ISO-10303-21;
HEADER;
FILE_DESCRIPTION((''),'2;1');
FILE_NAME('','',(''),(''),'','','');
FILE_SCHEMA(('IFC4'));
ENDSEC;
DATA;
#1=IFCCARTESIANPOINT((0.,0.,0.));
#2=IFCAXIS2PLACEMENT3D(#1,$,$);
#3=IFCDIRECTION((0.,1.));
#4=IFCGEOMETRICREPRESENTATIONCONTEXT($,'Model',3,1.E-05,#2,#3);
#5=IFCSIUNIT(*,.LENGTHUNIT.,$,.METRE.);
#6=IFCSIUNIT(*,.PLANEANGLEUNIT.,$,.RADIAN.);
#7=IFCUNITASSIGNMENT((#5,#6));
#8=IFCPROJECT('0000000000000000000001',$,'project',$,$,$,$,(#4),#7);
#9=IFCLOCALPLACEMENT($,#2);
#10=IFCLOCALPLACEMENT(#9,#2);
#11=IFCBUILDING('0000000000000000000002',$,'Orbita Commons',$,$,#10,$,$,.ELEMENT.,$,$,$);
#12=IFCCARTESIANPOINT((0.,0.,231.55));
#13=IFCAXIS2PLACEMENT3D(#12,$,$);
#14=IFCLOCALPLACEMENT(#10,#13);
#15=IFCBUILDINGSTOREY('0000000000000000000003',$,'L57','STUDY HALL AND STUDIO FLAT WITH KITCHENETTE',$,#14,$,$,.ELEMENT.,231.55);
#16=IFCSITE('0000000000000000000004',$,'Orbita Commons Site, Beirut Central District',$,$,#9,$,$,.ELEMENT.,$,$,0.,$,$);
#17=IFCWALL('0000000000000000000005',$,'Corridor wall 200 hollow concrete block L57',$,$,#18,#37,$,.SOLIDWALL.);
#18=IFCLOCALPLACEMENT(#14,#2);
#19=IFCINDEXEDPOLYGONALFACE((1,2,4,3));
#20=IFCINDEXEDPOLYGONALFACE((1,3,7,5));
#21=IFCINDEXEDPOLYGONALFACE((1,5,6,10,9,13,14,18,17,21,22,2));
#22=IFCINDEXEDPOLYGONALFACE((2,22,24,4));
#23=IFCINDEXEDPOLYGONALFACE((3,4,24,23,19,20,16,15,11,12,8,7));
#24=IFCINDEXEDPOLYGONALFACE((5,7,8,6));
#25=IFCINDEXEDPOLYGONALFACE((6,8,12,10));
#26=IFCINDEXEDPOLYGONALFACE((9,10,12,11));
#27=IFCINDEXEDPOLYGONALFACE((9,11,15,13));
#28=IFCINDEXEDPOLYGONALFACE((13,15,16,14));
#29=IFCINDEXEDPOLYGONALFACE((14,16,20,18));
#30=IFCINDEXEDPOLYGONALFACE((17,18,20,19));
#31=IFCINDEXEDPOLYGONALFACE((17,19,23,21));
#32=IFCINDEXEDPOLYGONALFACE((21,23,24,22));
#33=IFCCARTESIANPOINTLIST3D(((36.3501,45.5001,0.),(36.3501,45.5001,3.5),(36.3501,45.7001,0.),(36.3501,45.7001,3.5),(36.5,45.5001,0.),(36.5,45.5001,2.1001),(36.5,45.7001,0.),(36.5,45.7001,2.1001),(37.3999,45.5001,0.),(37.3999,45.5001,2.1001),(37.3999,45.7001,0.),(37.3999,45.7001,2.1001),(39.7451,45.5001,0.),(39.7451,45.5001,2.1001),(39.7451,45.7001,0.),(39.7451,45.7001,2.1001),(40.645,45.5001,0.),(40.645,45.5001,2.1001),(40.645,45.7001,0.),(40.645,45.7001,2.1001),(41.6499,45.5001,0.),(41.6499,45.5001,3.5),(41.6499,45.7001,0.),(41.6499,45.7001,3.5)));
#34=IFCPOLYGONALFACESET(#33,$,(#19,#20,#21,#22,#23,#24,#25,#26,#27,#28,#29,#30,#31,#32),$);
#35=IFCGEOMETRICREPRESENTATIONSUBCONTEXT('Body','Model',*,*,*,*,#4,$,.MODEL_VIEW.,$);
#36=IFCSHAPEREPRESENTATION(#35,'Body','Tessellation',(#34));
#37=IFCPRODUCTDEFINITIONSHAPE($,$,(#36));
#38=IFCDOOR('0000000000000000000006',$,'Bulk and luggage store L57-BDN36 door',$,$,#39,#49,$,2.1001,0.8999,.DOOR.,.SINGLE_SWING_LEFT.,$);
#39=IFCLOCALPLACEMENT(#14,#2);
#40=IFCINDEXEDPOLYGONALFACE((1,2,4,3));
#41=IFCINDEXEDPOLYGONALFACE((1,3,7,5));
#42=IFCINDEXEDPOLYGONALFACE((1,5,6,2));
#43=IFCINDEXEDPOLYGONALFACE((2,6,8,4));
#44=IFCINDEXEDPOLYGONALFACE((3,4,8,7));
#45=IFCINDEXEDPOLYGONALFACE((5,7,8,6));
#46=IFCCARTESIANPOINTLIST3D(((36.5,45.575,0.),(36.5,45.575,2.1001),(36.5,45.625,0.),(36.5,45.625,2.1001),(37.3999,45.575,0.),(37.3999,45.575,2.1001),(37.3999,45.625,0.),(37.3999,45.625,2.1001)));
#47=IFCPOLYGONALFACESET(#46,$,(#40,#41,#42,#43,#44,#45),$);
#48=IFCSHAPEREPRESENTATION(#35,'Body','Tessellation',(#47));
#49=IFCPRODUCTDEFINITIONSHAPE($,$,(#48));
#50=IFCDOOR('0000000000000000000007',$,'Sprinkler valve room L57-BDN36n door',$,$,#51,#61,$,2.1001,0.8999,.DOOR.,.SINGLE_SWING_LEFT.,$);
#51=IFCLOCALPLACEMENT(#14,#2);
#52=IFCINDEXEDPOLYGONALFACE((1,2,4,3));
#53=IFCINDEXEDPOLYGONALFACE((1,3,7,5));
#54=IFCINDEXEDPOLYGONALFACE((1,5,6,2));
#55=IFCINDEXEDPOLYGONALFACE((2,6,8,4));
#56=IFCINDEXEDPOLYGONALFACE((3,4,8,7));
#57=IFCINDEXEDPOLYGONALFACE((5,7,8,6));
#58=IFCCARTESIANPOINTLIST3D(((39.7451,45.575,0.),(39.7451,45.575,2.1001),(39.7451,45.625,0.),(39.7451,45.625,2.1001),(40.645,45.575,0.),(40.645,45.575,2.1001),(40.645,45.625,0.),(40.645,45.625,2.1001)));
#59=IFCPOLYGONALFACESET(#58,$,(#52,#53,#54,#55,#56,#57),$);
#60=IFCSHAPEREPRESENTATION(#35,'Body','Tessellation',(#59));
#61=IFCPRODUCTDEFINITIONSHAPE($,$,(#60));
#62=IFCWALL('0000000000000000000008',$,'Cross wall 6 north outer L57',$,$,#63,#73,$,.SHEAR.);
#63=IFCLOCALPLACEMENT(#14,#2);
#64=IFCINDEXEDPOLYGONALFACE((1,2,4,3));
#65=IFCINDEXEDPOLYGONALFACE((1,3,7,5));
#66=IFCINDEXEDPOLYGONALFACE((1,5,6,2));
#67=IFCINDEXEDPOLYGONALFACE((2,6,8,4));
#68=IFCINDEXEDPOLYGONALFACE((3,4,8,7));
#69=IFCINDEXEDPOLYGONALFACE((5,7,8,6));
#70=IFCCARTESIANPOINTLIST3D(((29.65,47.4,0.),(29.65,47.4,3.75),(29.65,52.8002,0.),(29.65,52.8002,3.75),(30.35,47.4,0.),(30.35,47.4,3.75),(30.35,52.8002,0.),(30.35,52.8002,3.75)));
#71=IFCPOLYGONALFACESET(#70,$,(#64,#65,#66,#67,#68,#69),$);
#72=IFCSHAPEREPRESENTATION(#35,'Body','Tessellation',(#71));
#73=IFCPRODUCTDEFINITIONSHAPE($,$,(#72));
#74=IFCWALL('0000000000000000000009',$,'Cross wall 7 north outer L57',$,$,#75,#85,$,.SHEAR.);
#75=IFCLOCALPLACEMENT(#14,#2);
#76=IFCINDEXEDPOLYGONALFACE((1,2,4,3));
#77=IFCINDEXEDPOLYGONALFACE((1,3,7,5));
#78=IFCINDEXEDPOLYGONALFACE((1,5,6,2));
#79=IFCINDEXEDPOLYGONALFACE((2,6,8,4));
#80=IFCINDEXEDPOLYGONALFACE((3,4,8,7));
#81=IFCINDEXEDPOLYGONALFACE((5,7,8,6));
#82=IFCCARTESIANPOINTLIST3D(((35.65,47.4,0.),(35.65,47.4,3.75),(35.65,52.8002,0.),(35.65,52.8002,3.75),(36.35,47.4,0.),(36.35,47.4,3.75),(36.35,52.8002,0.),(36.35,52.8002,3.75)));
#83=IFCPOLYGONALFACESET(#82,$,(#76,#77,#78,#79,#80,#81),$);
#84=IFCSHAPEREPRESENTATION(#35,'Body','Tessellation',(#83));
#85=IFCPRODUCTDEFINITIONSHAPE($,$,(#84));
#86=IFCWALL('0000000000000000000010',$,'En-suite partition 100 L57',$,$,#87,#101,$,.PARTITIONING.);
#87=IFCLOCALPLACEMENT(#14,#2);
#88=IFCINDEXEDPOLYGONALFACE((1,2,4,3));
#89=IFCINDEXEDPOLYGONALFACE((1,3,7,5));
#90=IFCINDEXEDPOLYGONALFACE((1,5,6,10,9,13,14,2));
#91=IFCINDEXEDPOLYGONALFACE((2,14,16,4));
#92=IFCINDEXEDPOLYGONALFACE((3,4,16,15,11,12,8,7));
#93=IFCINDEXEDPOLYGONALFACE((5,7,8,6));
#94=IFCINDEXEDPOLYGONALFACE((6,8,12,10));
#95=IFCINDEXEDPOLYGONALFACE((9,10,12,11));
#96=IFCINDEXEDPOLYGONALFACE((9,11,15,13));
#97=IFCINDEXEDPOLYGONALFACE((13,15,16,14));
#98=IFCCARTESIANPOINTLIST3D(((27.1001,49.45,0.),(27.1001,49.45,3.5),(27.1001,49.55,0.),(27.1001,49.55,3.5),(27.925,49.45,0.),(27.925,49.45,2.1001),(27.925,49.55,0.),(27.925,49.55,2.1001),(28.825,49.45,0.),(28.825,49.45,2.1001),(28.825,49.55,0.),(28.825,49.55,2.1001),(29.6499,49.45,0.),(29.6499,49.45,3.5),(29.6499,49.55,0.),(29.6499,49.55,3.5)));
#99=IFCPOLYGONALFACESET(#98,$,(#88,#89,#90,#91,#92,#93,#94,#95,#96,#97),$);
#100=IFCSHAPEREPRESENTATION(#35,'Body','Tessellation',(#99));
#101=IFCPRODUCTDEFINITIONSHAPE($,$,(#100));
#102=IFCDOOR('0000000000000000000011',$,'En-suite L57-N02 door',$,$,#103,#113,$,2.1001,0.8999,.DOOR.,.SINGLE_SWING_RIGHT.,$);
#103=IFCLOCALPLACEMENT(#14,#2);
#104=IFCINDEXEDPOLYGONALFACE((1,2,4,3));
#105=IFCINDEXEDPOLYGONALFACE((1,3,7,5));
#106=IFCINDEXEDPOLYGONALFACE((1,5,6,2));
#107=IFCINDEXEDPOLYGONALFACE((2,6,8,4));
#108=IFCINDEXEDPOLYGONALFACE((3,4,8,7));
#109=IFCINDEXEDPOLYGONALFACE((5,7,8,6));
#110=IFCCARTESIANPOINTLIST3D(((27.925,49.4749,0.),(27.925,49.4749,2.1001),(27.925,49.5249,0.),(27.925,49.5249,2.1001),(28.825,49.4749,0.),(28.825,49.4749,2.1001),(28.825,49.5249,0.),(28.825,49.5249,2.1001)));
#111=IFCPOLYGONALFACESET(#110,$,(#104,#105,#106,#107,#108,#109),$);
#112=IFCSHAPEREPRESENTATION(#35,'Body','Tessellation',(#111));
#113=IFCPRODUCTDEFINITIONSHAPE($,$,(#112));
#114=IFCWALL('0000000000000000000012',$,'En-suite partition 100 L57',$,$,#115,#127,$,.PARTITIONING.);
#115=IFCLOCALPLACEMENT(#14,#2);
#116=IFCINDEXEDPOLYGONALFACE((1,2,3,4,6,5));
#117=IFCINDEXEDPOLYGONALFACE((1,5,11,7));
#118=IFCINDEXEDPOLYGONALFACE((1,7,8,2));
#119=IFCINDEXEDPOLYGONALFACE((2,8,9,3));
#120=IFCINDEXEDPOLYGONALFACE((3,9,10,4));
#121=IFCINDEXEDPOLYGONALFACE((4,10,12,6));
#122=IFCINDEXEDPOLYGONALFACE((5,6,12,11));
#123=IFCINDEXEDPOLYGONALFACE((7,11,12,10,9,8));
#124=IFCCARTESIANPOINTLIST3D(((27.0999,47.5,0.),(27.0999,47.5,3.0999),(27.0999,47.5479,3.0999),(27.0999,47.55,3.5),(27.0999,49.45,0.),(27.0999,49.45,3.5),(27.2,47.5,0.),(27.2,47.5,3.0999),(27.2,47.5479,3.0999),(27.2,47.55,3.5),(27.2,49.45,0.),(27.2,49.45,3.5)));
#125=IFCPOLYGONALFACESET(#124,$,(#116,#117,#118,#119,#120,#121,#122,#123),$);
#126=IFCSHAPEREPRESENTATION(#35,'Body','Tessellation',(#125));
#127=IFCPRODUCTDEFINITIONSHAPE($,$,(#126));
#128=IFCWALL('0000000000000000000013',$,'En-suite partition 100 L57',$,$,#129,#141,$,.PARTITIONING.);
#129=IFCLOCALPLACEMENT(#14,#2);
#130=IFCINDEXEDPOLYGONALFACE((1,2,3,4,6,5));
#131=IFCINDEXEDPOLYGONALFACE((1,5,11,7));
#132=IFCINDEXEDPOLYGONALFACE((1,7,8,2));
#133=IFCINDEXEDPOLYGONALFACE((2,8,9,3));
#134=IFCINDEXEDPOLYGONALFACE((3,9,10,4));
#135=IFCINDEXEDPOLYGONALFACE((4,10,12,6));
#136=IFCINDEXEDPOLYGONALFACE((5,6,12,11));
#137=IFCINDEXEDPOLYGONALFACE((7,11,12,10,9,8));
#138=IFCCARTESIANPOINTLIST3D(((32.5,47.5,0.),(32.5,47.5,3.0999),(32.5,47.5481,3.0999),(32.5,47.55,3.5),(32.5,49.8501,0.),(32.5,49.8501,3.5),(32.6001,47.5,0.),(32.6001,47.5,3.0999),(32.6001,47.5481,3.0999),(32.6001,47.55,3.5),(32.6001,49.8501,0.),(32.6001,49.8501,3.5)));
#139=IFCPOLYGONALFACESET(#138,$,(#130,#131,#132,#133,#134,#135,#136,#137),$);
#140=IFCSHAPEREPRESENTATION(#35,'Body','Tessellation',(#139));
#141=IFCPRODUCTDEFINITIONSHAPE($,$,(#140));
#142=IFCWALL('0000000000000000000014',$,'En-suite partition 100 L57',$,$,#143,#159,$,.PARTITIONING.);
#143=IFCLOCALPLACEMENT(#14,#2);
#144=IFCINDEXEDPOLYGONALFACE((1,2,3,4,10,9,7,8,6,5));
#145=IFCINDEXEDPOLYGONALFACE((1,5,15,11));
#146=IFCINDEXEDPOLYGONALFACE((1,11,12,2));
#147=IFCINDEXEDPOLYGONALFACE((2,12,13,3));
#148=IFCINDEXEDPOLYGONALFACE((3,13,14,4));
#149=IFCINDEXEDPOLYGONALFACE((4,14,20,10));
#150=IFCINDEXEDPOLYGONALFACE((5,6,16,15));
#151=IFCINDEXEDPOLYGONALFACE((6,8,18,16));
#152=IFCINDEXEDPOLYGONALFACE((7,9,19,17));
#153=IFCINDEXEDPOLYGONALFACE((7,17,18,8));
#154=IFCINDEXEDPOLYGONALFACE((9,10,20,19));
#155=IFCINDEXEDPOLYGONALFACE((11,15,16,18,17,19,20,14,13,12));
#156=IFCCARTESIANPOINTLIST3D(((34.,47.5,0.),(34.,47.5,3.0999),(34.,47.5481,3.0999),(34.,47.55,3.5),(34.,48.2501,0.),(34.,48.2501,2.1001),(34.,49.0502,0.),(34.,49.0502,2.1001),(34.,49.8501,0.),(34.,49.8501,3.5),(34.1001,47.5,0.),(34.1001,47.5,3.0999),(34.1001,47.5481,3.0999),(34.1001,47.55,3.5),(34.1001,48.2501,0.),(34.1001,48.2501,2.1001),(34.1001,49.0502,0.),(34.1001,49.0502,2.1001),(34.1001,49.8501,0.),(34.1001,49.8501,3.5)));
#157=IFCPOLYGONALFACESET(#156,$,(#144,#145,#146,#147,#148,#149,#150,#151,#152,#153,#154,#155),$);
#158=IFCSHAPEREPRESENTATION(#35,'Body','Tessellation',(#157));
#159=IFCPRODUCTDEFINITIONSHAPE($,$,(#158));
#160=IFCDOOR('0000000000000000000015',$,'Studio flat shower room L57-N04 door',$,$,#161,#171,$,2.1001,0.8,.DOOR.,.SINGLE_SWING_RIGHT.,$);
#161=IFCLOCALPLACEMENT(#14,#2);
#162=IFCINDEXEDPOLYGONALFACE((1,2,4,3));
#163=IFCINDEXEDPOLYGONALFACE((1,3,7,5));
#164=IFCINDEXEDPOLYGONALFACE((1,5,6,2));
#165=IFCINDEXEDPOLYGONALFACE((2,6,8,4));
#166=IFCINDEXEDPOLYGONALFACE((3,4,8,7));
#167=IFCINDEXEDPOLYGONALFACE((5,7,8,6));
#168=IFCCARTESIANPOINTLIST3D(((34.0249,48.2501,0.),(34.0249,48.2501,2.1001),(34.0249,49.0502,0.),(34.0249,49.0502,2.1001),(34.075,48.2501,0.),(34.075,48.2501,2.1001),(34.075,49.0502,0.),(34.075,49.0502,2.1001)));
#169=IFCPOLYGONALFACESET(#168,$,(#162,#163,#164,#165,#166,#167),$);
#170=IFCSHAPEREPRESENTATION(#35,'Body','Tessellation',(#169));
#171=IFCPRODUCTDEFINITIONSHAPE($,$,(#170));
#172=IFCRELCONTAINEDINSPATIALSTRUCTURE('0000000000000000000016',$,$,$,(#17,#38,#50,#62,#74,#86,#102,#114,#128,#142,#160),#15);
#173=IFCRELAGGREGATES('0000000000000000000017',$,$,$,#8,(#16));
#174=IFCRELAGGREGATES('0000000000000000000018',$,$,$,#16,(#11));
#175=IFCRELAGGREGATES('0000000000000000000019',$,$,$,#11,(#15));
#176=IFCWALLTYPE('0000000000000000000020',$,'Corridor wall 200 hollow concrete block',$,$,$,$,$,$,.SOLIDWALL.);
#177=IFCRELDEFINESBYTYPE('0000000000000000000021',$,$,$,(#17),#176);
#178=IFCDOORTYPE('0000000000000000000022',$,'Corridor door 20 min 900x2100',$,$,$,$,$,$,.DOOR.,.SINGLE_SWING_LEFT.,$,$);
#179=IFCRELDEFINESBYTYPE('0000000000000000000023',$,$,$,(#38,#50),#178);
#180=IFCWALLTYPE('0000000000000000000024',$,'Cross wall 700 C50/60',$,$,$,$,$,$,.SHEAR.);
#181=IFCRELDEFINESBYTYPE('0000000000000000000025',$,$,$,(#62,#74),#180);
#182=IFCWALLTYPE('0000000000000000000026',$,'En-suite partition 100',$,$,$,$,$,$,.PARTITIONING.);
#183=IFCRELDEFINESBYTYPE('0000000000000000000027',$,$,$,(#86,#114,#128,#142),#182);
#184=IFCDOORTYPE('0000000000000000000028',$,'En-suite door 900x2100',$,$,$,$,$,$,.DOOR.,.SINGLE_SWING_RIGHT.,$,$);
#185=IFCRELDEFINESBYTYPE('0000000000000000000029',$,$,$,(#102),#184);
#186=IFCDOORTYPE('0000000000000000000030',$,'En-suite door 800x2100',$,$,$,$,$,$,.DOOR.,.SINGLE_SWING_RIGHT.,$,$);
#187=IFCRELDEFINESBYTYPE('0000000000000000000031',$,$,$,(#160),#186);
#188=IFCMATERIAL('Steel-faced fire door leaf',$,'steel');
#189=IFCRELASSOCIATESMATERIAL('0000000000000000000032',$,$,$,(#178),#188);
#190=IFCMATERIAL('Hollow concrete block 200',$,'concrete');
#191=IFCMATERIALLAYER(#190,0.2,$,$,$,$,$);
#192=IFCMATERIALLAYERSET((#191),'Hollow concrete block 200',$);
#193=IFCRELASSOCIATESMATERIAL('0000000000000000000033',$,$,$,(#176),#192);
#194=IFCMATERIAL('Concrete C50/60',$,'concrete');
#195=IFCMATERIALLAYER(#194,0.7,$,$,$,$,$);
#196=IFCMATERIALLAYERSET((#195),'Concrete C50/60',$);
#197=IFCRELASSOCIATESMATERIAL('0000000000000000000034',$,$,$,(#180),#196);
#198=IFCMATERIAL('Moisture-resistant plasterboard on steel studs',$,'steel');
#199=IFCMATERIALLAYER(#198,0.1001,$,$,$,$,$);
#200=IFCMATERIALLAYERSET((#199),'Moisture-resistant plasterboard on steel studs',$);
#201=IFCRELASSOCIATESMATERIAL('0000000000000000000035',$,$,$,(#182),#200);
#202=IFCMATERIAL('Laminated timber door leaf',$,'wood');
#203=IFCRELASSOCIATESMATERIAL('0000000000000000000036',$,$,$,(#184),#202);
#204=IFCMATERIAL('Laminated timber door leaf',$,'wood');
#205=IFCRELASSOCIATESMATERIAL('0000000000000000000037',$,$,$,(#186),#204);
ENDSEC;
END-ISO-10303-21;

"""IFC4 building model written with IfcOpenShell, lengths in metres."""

from ifc_helpers import new_model, si_unit, direction, frame, frame_2d, origin, place, context, subcontext, project, spatial, polyline, rectangle, outline, extrude, material, layer, layer_set, type_object, element, fill, save


model = new_model("IFC4")

# Units and contexts
model_context = context("Model", 3, precision=1e-05, world=origin(), true_north=direction((0.0, 1.0)))
body_context = subcontext(model_context, "Body", "Model", "MODEL_VIEW")
ifc_project = project(units=[si_unit("LENGTHUNIT", "METRE"), si_unit("PLANEANGLEUNIT", "RADIAN")], contexts=[model_context])

# Site, building, storey
site_placement = place(None, origin())
site = spatial("IfcSite", under=ifc_project, at=site_placement, Name="Orbita Commons Site, Beirut Central District", CompositionType="ELEMENT", RefElevation=0.0)
building_placement = place(site_placement, origin())
building = spatial("IfcBuilding", under=site, at=building_placement, Name="Orbita Commons", CompositionType="ELEMENT")
storey_placement = place(building_placement, frame((0.0, 0.0, 231.55)))
storey = spatial("IfcBuildingStorey", under=building, at=storey_placement, Name="L57", Description="STUDY HALL AND STUDIO FLAT WITH KITCHENETTE", CompositionType="ELEMENT", Elevation=231.55)

# Shared definitions
ifc_material_1 = material(Name="Steel-faced fire door leaf", Category="steel")
door_type_1 = type_object("IfcDoorType", Name="Corridor door 20 min 900x2100", OperationType="SINGLE_SWING_LEFT", PredefinedType="DOOR", material=ifc_material_1)

# Wall, openings, doors
ifc_material_2 = material(Name="Hollow concrete block 200", Category="concrete")
ifc_layer_1 = layer(ifc_material_2, 0.2)
ifc_layer_set_1 = layer_set([ifc_layer_1], Name="Hollow concrete block 200")
wall_type_1 = type_object("IfcWallType", Name="Corridor wall 200 hollow concrete block", PredefinedType="SOLIDWALL", material=ifc_layer_set_1)
wall_1_placement = place(storey_placement, frame((36.3501, 45.6001, 0.0), z_axis=(0.0, 0.0, 1.0), x_axis=(1.0, 0.0, 0.0)))
wall_1 = element("IfcWall", 1, at=wall_1_placement, inside=storey, type_object=wall_type_1, Name="Corridor wall 200 hollow concrete block L57", PredefinedType="SOLIDWALL", context=body_context, shape_type="SweptSolid", body=[
    extrude(rectangle(XDim=5.2998, YDim=0.2, at=frame_2d((2.6499, 0.0))), origin(), (0.0, 0.0, 1.0), 3.5),
])
opening_1_placement = place(wall_1_placement, frame((0.1499, 0.0, 0.0)))
opening_1 = element("IfcOpeningElement", 2, at=opening_1_placement, cuts=wall_1, PredefinedType="OPENING", context=body_context, shape_type="SweptSolid", body=[
    extrude(rectangle(XDim=0.8999, YDim=2.1001, at=frame_2d((0.45, 1.05))), frame((0.0, 0.1099, 0.0), z_axis=(0.0, -1.0, 0.0), x_axis=(1.0, 0.0, 0.0)), (0.0, 0.0, 1.0), 0.22),
])
opening_2_placement = place(wall_1_placement, frame((3.395, 0.0, 0.0)))
opening_2 = element("IfcOpeningElement", 3, at=opening_2_placement, cuts=wall_1, PredefinedType="OPENING", context=body_context, shape_type="SweptSolid", body=[
    extrude(rectangle(XDim=0.8999, YDim=2.1001, at=frame_2d((0.45, 1.05))), frame((0.0, 0.1099, 0.0), z_axis=(0.0, -1.0, 0.0), x_axis=(1.0, 0.0, 0.0)), (0.0, 0.0, 1.0), 0.22),
])
door_1_placement = place(opening_1_placement, origin())
door_1 = element("IfcDoor", 4, at=door_1_placement, inside=storey, type_object=door_type_1, Name="Bulk and luggage store L57-BDN36 door", OperationType="SINGLE_SWING_LEFT", OverallHeight=2.1001, OverallWidth=0.8999, PredefinedType="DOOR", context=body_context, shape_type="SweptSolid", body=[
    extrude(rectangle(XDim=0.8999, YDim=2.1001, at=frame_2d((0.45, 1.05))), frame((0.0, 0.0249, 0.0), z_axis=(0.0, -1.0, 0.0), x_axis=(1.0, 0.0, 0.0)), (0.0, 0.0, 1.0), 0.05),
])
fill(opening_1, door_1)
door_2_placement = place(opening_2_placement, origin())
door_2 = element("IfcDoor", 5, at=door_2_placement, inside=storey, type_object=door_type_1, Name="Sprinkler valve room L57-BDN36n door", OperationType="SINGLE_SWING_LEFT", OverallHeight=2.1001, OverallWidth=0.8999, PredefinedType="DOOR", context=body_context, shape_type="SweptSolid", body=[
    extrude(rectangle(XDim=0.8999, YDim=2.1001, at=frame_2d((0.45, 1.05))), frame((0.0, 0.0249, 0.0), z_axis=(0.0, -1.0, 0.0), x_axis=(1.0, 0.0, 0.0)), (0.0, 0.0, 1.0), 0.05),
])
fill(opening_2, door_2)

# Walls
ifc_material_3 = material(Name="Concrete C50/60", Category="concrete")
ifc_layer_2 = layer(ifc_material_3, 0.7)
ifc_layer_set_2 = layer_set([ifc_layer_2], Name="Concrete C50/60")
wall_type_2 = type_object("IfcWallType", Name="Cross wall 700 C50/60", PredefinedType="SHEAR", material=ifc_layer_set_2)
for number, where, z_axis, x_axis, name in (
    (6, (30.0, 47.3999, 0.0), (0.0, 0.0, 1.0), (0.0, 1.0, 0.0), "Cross wall 6 north outer L57"),
    (7, (36.0, 47.3999, 0.0), (0.0, 0.0, 1.0), (0.0, 1.0, 0.0), "Cross wall 7 north outer L57"),
):
    element("IfcWall", number, at=place(storey_placement, frame(where, z_axis=z_axis, x_axis=x_axis)), inside=storey, type_object=wall_type_2, Name=name, PredefinedType="SHEAR", context=body_context, shape_type="SweptSolid", body=[
        extrude(rectangle(XDim=5.4001, YDim=0.7, at=frame_2d((2.7002, 0.0))), origin(), (0.0, 0.0, 1.0), 3.75),
    ])

# Wall, opening, door
ifc_material_4 = material(Name="Moisture-resistant plasterboard on steel studs", Category="steel")
ifc_layer_3 = layer(ifc_material_4, 0.1001)
ifc_layer_set_3 = layer_set([ifc_layer_3], Name="Moisture-resistant plasterboard on steel studs")
wall_type_3 = type_object("IfcWallType", Name="En-suite partition 100", PredefinedType="PARTITIONING", material=ifc_layer_set_3)
wall_2_placement = place(storey_placement, frame((27.1001, 49.5, 0.0), z_axis=(0.0, 0.0, 1.0), x_axis=(1.0, 0.0, 0.0)))
wall_2 = element("IfcWall", 8, at=wall_2_placement, inside=storey, type_object=wall_type_3, Name="En-suite partition 100 L57", PredefinedType="PARTITIONING", context=body_context, shape_type="SweptSolid", body=[
    extrude(rectangle(XDim=2.5498, YDim=0.1001, at=frame_2d((1.2749, 0.0))), origin(), (0.0, 0.0, 1.0), 3.5),
])
opening_3_placement = place(wall_2_placement, frame((0.825, 0.0, 0.0)))
opening_3 = element("IfcOpeningElement", 9, at=opening_3_placement, cuts=wall_2, PredefinedType="OPENING", context=body_context, shape_type="SweptSolid", body=[
    extrude(rectangle(XDim=0.8999, YDim=2.1001, at=frame_2d((0.45, 1.05))), frame((0.0, 0.0601, 0.0), z_axis=(0.0, -1.0, 0.0), x_axis=(1.0, 0.0, 0.0)), (0.0, 0.0, 1.0), 0.1201),
])
ifc_material_5 = material(Name="Laminated timber door leaf", Category="wood")
door_type_2 = type_object("IfcDoorType", Name="En-suite door 900x2100", OperationType="SINGLE_SWING_RIGHT", PredefinedType="DOOR", material=ifc_material_5)
door_3_placement = place(opening_3_placement, origin())
door_3 = element("IfcDoor", 10, at=door_3_placement, inside=storey, type_object=door_type_2, Name="En-suite L57-N02 door", OperationType="SINGLE_SWING_RIGHT", OverallHeight=2.1001, OverallWidth=0.8999, PredefinedType="DOOR", context=body_context, shape_type="SweptSolid", body=[
    extrude(rectangle(XDim=0.8999, YDim=2.1001, at=frame_2d((0.45, 1.05))), frame((0.0, 0.0249, 0.0), z_axis=(0.0, -1.0, 0.0), x_axis=(1.0, 0.0, 0.0)), (0.0, 0.0, 1.0), 0.05),
])
fill(opening_3, door_3)

# Walls
wall_3_placement = place(storey_placement, frame((27.1499, 49.45, 0.0), z_axis=(0.0, 0.0, 1.0), x_axis=(0.0, -1.0, 0.0)))
element("IfcWall", 11, at=wall_3_placement, inside=storey, type_object=wall_type_3, Name="En-suite partition 100 L57", PredefinedType="PARTITIONING", context=body_context, shape_type="SweptSolid", body=[
    extrude(outline(polyline([(0.0, 0.0), (1.95, 0.0), (1.95, 3.0999), (1.9021, 3.0999), (1.8999, 3.5), (0.0, 3.5), (0.0, 0.0)])), frame((0.0, 0.05, 0.0), z_axis=(0.0, -1.0, 0.0), x_axis=(1.0, 0.0, 0.0)), (0.0, 0.0, 1.0), 0.1001),
])
wall_4_placement = place(storey_placement, frame((32.55, 49.8501, 0.0), z_axis=(0.0, 0.0, 1.0), x_axis=(0.0, -1.0, 0.0)))
element("IfcWall", 12, at=wall_4_placement, inside=storey, type_object=wall_type_3, Name="En-suite partition 100 L57", PredefinedType="PARTITIONING", context=body_context, shape_type="SweptSolid", body=[
    extrude(outline(polyline([(0.0, 0.0), (2.3501, 0.0), (2.3501, 3.0999), (2.302, 3.0999), (2.3, 3.5), (0.0, 3.5), (0.0, 0.0)])), frame((0.0, 0.05, 0.0), z_axis=(0.0, -1.0, 0.0), x_axis=(1.0, 0.0, 0.0)), (0.0, 0.0, 1.0), 0.1001),
])

# Wall, opening, door
wall_5_placement = place(storey_placement, frame((34.05, 49.8501, 0.0), z_axis=(0.0, 0.0, 1.0), x_axis=(0.0, -1.0, 0.0)))
wall_5 = element("IfcWall", 13, at=wall_5_placement, inside=storey, type_object=wall_type_3, Name="En-suite partition 100 L57", PredefinedType="PARTITIONING", context=body_context, shape_type="SweptSolid", body=[
    extrude(outline(polyline([(0.0, 0.0), (2.3501, 0.0), (2.3501, 3.0999), (2.302, 3.0999), (2.3, 3.5), (0.0, 3.5), (0.0, 0.0)])), frame((0.0, 0.05, 0.0), z_axis=(0.0, -1.0, 0.0), x_axis=(1.0, 0.0, 0.0)), (0.0, 0.0, 1.0), 0.1001),
])
opening_4_placement = place(wall_5_placement, frame((0.8, 0.0, 0.0)))
opening_4 = element("IfcOpeningElement", 14, at=opening_4_placement, cuts=wall_5, PredefinedType="OPENING", context=body_context, shape_type="SweptSolid", body=[
    extrude(rectangle(XDim=0.8, YDim=2.1001, at=frame_2d((0.3999, 1.05))), frame((0.0, 0.0601, 0.0), z_axis=(0.0, -1.0, 0.0), x_axis=(1.0, 0.0, 0.0)), (0.0, 0.0, 1.0), 0.1201),
])
ifc_material_6 = material(Name="Laminated timber door leaf", Category="wood")
door_type_3 = type_object("IfcDoorType", Name="En-suite door 800x2100", OperationType="SINGLE_SWING_RIGHT", PredefinedType="DOOR", material=ifc_material_6)
door_4_placement = place(opening_4_placement, origin())
door_4 = element("IfcDoor", 15, at=door_4_placement, inside=storey, type_object=door_type_3, Name="Studio flat shower room L57-N04 door", OperationType="SINGLE_SWING_RIGHT", OverallHeight=2.1001, OverallWidth=0.8, PredefinedType="DOOR", context=body_context, shape_type="SweptSolid", body=[
    extrude(rectangle(XDim=0.8, YDim=2.1001, at=frame_2d((0.3999, 1.05))), frame((0.0, 0.0249, 0.0), z_axis=(0.0, -1.0, 0.0), x_axis=(1.0, 0.0, 0.0)), (0.0, 0.0, 1.0), 0.05),
])
fill(opening_4, door_4)

save(model, "model.ifc")
